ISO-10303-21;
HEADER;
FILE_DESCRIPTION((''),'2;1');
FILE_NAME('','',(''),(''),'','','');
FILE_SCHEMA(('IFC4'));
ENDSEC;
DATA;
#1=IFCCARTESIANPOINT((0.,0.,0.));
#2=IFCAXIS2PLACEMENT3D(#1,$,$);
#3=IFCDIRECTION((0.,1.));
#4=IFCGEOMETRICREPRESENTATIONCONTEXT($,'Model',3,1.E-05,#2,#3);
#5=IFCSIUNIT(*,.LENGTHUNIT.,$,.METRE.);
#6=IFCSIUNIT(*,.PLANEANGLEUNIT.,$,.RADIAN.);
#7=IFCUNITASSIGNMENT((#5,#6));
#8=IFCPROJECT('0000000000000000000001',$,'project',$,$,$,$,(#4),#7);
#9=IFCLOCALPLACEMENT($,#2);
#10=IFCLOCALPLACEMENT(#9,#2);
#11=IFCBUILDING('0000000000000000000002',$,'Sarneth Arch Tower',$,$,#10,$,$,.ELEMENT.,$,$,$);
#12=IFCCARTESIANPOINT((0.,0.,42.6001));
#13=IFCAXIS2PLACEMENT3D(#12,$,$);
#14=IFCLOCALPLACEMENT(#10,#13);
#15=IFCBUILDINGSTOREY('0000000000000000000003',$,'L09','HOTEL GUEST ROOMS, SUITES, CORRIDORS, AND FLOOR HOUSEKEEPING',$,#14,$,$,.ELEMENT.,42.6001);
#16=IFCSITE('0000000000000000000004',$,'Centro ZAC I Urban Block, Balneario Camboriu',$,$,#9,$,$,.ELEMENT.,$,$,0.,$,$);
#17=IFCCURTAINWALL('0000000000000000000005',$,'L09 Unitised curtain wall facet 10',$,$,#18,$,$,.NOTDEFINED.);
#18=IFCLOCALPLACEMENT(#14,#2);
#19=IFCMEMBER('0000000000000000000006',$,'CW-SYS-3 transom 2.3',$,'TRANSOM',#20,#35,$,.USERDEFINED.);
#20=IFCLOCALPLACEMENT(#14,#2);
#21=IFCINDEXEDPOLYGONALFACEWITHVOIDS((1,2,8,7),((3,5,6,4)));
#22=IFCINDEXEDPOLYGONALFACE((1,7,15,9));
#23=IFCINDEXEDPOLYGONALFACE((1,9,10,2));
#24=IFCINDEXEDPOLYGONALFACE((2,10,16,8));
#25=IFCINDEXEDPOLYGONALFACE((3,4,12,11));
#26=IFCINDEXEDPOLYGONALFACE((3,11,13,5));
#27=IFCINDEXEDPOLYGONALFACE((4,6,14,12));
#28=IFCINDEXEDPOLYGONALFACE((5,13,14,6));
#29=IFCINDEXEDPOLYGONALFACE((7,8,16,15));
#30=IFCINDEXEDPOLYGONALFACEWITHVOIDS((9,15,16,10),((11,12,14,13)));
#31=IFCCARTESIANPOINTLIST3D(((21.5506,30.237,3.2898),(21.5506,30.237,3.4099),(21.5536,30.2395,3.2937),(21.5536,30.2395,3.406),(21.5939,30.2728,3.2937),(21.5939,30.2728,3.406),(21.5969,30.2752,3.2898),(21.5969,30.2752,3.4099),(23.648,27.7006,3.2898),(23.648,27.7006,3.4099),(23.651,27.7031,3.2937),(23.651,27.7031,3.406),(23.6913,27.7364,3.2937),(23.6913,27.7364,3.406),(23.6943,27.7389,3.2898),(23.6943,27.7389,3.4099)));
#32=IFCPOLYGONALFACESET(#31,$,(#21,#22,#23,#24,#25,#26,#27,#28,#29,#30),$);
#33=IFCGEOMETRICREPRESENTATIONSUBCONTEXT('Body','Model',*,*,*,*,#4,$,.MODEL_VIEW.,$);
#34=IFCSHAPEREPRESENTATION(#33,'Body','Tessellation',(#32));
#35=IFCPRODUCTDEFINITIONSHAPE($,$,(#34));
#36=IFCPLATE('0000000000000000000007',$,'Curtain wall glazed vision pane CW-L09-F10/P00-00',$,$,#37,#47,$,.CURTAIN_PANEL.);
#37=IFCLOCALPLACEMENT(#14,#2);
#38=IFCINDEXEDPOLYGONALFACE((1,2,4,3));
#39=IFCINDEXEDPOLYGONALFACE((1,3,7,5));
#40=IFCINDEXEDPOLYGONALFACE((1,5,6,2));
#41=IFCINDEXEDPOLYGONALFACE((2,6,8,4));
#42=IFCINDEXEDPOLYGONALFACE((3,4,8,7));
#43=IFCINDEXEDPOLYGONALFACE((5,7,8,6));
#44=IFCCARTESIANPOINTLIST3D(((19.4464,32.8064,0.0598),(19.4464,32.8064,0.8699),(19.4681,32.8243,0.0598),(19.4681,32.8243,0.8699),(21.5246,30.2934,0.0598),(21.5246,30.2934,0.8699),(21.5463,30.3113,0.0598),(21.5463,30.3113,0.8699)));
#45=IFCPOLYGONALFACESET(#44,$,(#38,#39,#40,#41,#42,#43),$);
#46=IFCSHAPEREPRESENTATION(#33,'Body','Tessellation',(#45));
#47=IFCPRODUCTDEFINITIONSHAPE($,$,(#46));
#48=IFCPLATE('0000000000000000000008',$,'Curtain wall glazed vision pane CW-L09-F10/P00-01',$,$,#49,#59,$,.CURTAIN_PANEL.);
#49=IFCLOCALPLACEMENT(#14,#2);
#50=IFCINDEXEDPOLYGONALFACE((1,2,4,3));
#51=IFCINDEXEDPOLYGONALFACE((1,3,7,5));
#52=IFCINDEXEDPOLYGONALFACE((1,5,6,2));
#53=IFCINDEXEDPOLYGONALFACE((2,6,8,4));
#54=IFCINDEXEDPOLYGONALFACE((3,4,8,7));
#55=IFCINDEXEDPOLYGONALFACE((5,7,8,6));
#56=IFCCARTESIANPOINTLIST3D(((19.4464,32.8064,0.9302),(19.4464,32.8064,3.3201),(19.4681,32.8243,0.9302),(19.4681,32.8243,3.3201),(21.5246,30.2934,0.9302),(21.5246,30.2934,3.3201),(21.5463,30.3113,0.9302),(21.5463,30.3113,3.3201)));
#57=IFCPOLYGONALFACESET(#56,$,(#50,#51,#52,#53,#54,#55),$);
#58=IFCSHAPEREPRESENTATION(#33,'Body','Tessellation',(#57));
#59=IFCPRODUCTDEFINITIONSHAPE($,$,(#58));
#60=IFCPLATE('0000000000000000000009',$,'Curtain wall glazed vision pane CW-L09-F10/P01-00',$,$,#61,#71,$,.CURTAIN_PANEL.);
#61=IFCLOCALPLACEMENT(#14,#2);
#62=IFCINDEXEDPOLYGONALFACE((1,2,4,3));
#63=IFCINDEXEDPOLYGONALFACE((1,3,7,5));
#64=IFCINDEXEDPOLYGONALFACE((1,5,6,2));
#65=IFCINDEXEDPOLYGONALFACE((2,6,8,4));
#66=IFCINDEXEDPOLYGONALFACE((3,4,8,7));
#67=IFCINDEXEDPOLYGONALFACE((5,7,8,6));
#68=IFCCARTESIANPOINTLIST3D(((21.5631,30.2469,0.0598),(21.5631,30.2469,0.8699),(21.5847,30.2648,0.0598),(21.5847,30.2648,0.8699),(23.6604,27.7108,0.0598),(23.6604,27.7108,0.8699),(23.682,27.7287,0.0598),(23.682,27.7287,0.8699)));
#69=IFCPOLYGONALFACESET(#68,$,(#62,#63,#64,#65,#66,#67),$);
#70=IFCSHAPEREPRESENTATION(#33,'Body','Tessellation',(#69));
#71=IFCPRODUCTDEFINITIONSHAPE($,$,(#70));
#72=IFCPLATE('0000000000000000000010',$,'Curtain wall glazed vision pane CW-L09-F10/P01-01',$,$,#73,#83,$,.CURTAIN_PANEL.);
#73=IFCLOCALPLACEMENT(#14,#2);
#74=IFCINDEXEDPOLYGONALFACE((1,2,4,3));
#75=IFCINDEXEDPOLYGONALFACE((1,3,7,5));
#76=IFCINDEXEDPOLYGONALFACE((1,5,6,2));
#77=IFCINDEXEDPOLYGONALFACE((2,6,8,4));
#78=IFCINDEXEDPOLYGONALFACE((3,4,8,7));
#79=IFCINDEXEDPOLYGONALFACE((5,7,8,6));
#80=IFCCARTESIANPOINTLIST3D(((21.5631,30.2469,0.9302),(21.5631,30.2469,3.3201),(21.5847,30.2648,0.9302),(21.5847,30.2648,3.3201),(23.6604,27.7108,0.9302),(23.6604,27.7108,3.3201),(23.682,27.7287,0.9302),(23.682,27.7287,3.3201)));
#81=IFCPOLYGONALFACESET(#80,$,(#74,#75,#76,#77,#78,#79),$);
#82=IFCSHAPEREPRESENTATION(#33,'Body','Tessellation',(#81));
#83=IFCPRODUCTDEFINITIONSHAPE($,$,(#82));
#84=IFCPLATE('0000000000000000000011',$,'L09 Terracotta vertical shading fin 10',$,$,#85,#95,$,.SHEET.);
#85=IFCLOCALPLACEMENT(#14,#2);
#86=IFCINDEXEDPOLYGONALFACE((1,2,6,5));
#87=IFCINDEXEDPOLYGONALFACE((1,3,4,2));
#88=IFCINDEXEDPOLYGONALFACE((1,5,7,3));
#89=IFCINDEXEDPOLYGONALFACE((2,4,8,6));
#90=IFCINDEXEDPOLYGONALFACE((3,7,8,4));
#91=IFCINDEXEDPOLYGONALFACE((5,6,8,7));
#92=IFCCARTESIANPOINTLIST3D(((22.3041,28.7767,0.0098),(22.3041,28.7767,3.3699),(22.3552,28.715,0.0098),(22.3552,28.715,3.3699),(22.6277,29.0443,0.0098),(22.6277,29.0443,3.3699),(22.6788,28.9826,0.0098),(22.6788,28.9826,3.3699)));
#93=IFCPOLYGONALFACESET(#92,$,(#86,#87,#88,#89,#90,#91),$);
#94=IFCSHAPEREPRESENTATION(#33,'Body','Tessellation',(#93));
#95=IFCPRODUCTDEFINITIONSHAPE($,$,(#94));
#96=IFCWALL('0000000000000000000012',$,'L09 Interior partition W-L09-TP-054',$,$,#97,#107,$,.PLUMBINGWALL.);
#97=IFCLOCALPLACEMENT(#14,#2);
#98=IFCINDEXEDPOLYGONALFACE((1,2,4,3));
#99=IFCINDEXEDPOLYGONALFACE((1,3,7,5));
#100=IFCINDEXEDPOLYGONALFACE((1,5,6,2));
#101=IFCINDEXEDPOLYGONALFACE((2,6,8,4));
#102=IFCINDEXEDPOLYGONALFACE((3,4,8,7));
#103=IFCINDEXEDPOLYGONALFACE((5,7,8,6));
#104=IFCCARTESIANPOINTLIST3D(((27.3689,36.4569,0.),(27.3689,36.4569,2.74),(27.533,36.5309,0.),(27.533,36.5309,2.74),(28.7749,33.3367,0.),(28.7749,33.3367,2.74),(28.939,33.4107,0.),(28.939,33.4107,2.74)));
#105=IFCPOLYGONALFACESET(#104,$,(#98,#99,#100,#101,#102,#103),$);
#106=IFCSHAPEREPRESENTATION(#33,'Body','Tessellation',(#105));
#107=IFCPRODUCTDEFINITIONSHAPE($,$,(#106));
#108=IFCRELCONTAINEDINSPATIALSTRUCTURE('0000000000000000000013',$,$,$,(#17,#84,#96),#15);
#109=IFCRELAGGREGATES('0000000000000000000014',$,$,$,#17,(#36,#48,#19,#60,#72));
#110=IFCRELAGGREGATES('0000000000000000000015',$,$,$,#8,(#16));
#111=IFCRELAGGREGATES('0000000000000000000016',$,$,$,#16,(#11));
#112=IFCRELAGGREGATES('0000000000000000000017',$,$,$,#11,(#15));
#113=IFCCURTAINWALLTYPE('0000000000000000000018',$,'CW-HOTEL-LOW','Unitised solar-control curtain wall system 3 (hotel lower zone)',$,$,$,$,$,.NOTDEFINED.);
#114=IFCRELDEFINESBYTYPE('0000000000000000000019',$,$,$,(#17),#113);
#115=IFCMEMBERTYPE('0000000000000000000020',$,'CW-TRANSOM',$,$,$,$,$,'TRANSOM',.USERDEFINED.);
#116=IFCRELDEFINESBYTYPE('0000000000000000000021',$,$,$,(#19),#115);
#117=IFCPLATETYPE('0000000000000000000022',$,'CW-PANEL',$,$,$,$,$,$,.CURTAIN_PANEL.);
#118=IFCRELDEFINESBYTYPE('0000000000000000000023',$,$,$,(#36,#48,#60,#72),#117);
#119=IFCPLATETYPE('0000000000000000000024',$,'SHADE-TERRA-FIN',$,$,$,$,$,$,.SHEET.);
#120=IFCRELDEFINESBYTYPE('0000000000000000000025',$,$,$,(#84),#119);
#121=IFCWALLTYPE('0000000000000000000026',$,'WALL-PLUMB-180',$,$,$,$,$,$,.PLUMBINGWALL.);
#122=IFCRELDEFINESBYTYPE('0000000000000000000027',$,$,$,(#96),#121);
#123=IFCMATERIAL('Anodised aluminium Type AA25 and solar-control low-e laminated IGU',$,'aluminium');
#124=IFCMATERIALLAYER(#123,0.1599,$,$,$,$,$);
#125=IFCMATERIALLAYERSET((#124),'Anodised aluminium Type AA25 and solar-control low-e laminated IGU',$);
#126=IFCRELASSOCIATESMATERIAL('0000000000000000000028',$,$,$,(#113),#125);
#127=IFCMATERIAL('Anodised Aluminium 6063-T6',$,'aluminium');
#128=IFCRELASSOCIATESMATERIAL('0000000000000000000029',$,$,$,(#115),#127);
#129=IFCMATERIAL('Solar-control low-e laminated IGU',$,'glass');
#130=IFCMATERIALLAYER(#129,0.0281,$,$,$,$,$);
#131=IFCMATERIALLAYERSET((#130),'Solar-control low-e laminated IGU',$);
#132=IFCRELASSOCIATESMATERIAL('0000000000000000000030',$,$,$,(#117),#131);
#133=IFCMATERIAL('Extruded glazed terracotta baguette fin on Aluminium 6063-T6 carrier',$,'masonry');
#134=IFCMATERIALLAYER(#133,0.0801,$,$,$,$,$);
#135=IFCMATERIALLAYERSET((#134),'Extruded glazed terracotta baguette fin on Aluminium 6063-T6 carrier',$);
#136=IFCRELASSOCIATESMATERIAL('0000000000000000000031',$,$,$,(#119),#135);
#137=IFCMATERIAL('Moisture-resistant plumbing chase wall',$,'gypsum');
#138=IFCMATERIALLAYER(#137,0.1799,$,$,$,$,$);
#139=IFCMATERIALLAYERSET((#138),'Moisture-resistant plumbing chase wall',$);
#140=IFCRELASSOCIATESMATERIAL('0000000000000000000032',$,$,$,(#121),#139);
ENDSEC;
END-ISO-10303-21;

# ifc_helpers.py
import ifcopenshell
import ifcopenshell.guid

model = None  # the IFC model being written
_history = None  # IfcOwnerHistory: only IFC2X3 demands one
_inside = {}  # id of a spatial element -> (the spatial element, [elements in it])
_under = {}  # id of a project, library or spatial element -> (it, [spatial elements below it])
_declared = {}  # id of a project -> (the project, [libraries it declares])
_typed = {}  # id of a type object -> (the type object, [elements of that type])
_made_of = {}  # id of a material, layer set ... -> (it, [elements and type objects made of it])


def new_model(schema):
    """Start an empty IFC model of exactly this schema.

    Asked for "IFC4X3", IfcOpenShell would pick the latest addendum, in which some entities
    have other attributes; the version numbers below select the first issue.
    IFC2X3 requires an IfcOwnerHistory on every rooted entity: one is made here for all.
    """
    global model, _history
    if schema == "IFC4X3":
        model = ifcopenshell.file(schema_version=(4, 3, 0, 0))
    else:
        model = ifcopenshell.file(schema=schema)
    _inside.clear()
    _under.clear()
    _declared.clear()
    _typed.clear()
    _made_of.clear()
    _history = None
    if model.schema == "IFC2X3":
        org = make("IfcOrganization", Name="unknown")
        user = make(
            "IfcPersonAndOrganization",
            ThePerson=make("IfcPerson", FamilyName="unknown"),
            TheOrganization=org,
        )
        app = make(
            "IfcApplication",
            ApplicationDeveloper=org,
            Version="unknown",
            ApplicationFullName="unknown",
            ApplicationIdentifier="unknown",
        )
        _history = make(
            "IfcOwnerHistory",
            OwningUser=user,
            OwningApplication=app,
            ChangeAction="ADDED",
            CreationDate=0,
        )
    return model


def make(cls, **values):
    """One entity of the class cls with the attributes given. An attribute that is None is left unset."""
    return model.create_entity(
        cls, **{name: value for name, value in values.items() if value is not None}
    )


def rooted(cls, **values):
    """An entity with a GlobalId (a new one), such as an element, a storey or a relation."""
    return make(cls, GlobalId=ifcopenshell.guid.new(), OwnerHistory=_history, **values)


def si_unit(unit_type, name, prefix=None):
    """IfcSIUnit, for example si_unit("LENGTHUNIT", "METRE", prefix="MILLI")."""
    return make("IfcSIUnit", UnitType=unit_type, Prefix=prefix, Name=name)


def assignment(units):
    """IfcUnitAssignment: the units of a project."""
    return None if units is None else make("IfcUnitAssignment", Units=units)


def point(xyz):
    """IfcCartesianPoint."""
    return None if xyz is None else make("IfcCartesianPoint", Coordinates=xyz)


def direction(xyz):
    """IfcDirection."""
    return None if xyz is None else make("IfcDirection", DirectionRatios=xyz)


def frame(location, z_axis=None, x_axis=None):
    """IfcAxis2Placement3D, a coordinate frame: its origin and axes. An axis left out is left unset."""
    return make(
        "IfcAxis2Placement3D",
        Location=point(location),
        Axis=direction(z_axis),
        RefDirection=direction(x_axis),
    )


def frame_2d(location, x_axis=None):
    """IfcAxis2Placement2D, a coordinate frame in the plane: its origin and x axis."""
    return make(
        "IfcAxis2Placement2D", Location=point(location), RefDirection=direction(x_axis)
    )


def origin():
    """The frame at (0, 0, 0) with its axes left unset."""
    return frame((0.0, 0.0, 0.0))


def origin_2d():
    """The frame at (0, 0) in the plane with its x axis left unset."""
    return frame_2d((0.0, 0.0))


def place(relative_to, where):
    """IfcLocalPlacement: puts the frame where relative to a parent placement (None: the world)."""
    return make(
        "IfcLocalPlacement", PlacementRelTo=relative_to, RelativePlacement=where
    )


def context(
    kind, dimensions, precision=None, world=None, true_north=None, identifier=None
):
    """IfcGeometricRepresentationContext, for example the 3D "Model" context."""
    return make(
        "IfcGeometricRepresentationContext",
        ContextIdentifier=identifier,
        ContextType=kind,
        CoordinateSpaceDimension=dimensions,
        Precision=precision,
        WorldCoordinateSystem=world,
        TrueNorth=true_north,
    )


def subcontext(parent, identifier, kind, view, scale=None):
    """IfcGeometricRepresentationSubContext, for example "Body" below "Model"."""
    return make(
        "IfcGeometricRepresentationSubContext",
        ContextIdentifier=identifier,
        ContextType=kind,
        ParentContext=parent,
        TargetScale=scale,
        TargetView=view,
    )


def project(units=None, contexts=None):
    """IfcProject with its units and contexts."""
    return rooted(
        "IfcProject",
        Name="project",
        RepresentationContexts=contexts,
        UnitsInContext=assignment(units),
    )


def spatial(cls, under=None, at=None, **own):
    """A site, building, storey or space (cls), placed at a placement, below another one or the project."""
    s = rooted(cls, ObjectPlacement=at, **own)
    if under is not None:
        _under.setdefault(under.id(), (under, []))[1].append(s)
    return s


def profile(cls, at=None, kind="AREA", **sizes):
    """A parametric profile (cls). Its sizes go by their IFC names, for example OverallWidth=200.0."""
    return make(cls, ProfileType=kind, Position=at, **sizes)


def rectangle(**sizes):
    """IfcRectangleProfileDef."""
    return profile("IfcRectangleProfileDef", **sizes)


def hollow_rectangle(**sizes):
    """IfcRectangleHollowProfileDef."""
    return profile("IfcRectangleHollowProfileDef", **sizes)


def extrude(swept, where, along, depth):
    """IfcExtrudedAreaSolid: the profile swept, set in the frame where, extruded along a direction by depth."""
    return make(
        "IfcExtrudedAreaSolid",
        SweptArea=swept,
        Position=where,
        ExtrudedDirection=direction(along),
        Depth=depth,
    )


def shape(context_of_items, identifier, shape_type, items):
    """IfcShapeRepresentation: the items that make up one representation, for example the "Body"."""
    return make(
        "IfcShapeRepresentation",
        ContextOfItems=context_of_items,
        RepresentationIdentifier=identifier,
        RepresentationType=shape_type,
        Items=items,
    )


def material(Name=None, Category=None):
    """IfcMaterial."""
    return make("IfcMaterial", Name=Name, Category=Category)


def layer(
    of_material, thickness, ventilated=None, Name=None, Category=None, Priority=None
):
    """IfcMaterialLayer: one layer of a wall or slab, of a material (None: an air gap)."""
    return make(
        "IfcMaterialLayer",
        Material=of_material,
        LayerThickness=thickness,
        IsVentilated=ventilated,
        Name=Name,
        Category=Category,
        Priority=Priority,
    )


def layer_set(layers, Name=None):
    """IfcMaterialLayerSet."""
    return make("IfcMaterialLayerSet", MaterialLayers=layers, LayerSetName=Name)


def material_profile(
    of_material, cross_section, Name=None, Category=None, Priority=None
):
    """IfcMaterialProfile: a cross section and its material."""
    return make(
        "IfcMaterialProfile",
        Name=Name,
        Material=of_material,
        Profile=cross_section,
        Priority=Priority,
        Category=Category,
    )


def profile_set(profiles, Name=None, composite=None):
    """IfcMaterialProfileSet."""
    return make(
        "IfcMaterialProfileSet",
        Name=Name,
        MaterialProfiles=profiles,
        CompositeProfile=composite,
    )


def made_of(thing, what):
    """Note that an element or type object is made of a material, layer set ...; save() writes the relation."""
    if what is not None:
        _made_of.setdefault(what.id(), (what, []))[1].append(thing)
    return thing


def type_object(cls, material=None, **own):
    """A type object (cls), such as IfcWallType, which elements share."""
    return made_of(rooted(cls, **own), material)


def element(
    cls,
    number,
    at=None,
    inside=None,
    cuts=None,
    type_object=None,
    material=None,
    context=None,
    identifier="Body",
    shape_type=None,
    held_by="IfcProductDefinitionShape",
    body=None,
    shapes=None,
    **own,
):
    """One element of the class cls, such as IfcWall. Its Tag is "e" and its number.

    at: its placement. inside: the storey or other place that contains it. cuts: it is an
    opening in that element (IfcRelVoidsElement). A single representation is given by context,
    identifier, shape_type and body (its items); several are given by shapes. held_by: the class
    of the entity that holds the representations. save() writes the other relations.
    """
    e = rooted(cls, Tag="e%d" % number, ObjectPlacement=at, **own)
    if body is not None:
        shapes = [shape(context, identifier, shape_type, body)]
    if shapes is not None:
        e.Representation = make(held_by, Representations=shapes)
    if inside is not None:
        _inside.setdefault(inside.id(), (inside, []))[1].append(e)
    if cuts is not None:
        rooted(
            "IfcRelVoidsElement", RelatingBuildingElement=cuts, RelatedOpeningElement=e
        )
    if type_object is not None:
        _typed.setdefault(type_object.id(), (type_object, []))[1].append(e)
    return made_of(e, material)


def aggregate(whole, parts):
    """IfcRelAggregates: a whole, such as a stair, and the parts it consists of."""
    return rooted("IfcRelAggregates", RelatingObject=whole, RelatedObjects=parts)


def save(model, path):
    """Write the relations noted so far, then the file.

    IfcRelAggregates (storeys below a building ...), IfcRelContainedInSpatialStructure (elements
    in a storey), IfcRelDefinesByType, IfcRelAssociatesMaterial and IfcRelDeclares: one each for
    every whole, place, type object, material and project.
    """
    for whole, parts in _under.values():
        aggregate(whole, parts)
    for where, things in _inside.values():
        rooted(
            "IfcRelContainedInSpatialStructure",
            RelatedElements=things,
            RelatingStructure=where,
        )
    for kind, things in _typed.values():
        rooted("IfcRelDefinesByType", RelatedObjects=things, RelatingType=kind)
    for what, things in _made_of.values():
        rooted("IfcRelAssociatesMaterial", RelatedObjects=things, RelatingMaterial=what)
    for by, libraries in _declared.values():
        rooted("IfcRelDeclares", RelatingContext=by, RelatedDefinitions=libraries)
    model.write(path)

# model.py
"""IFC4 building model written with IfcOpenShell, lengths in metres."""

from ifc_helpers import new_model, si_unit, direction, frame, frame_2d, origin, origin_2d, place, context, subcontext, project, spatial, rectangle, hollow_rectangle, extrude, material, layer, layer_set, material_profile, profile_set, type_object, element, aggregate, save


model = new_model("IFC4")

# Units and contexts
model_context = context("Model", 3, precision=1e-05, world=origin(), true_north=direction((0.0, 1.0)))
body_context = subcontext(model_context, "Body", "Model", "MODEL_VIEW")
ifc_project = project(units=[si_unit("LENGTHUNIT", "METRE"), si_unit("PLANEANGLEUNIT", "RADIAN")], contexts=[model_context])

# Site, building, storey
site_placement = place(None, origin())
site = spatial("IfcSite", under=ifc_project, at=site_placement, Name="Centro ZAC I Urban Block, Balneario Camboriu", CompositionType="ELEMENT", RefElevation=0.0)
building_placement = place(site_placement, origin())
building = spatial("IfcBuilding", under=site, at=building_placement, Name="Sarneth Arch Tower", CompositionType="ELEMENT")
storey_placement = place(building_placement, frame((0.0, 0.0, 42.6001)))
storey = spatial("IfcBuildingStorey", under=building, at=storey_placement, Name="L09", Description="HOTEL GUEST ROOMS, SUITES, CORRIDORS, AND FLOOR HOUSEKEEPING", CompositionType="ELEMENT", Elevation=42.6001)

# Curtain wall, member, plates
ifc_material_1 = material(Name="Anodised aluminium Type AA25 and solar-control low-e laminated IGU", Category="aluminium")
ifc_layer_1 = layer(ifc_material_1, 0.1599)
ifc_layer_set_1 = layer_set([ifc_layer_1], Name="Anodised aluminium Type AA25 and solar-control low-e laminated IGU")
curtain_wall_type = type_object("IfcCurtainWallType", Name="CW-HOTEL-LOW", Description="Unitised solar-control curtain wall system 3 (hotel lower zone)", PredefinedType="NOTDEFINED", material=ifc_layer_set_1)
curtain_wall_placement = place(storey_placement, origin())
curtain_wall = element("IfcCurtainWall", 1, at=curtain_wall_placement, inside=storey, type_object=curtain_wall_type, Name="L09 Unitised curtain wall facet 10", PredefinedType="NOTDEFINED")
ifc_material_2 = material(Name="Anodised Aluminium 6063-T6", Category="aluminium")
ifc_material_profile_1 = material_profile(ifc_material_2, hollow_rectangle(XDim=0.0601, YDim=0.1201, WallThickness=0.0039, at=origin_2d()), Name="AL-TRAN-120x60x4")
ifc_profile_set_1 = profile_set([ifc_material_profile_1], Name="Anodised Aluminium 6063-T6")
member_type_1 = type_object("IfcMemberType", Name="CW-TRANSOM", ElementType="TRANSOM", PredefinedType="USERDEFINED", material=ifc_profile_set_1)
member_1_placement = place(storey_placement, frame((21.5737, 30.2561, 3.3499), z_axis=(0.637269, -0.770642, 0.0), x_axis=(0.770642, 0.637269, 0.0)))
member_1 = element("IfcMember", 2, at=member_1_placement, type_object=member_type_1, Name="CW-SYS-3 transom 2.3", ObjectType="TRANSOM", PredefinedType="USERDEFINED", context=body_context, shape_type="SweptSolid", body=[
    extrude(hollow_rectangle(XDim=0.0601, YDim=0.1201, WallThickness=0.0039, at=origin_2d()), origin(), (0.0, 0.0, 1.0), 3.2913),
])
ifc_material_3 = material(Name="Solar-control low-e laminated IGU", Category="glass")
ifc_layer_2 = layer(ifc_material_3, 0.0281)
ifc_layer_set_2 = layer_set([ifc_layer_2], Name="Solar-control low-e laminated IGU")
plate_type_1 = type_object("IfcPlateType", Name="CW-PANEL", PredefinedType="CURTAIN_PANEL", material=ifc_layer_set_2)
plate_1_placement = place(storey_placement, frame((20.4963, 31.5588, 0.0598), z_axis=(0.0, 0.0, 1.0), x_axis=(0.637291, -0.770623, 0.0)))
plate_1 = element("IfcPlate", 3, at=plate_1_placement, type_object=plate_type_1, Name="Curtain wall glazed vision pane CW-L09-F10/P00-00", PredefinedType="CURTAIN_PANEL", context=body_context, shape_type="SweptSolid", body=[
    extrude(rectangle(XDim=3.261, YDim=0.0281, at=origin_2d()), origin(), (0.0, 0.0, 1.0), 0.8101),
])
plate_2_placement = place(storey_placement, frame((20.4963, 31.5588, 0.9302), z_axis=(0.0, 0.0, 1.0), x_axis=(0.637291, -0.770623, 0.0)))
plate_2 = element("IfcPlate", 4, at=plate_2_placement, type_object=plate_type_1, Name="Curtain wall glazed vision pane CW-L09-F10/P00-01", PredefinedType="CURTAIN_PANEL", context=body_context, shape_type="SweptSolid", body=[
    extrude(rectangle(XDim=3.261, YDim=0.0281, at=origin_2d()), origin(), (0.0, 0.0, 1.0), 2.3899),
])
plate_3_placement = place(storey_placement, frame((22.6226, 28.9878, 0.0598), z_axis=(0.0, 0.0, 1.0), x_axis=(0.637291, -0.770623, 0.0)))
plate_3 = element("IfcPlate", 5, at=plate_3_placement, type_object=plate_type_1, Name="Curtain wall glazed vision pane CW-L09-F10/P01-00", PredefinedType="CURTAIN_PANEL", context=body_context, shape_type="SweptSolid", body=[
    extrude(rectangle(XDim=3.291, YDim=0.0281, at=origin_2d()), origin(), (0.0, 0.0, 1.0), 0.8101),
])
plate_4_placement = place(storey_placement, frame((22.6226, 28.9878, 0.9302), z_axis=(0.0, 0.0, 1.0), x_axis=(0.637291, -0.770623, 0.0)))
plate_4 = element("IfcPlate", 6, at=plate_4_placement, type_object=plate_type_1, Name="Curtain wall glazed vision pane CW-L09-F10/P01-01", PredefinedType="CURTAIN_PANEL", context=body_context, shape_type="SweptSolid", body=[
    extrude(rectangle(XDim=3.291, YDim=0.0281, at=origin_2d()), origin(), (0.0, 0.0, 1.0), 2.3899),
])
aggregate(curtain_wall, [plate_1, plate_2, member_1, plate_3, plate_4])

# Plate
ifc_material_4 = material(Name="Extruded glazed terracotta baguette fin on Aluminium 6063-T6 carrier", Category="masonry")
ifc_layer_3 = layer(ifc_material_4, 0.0801)
ifc_layer_set_3 = layer_set([ifc_layer_3], Name="Extruded glazed terracotta baguette fin on Aluminium 6063-T6 carrier")
plate_type_2 = type_object("IfcPlateType", Name="SHADE-TERRA-FIN", PredefinedType="SHEET", material=ifc_layer_set_3)
plate_5_placement = place(storey_placement, frame((22.4915, 28.8796, 0.0098), z_axis=(0.0, 0.0, 1.0), x_axis=(-0.770624, -0.63729, 0.0)))
element("IfcPlate", 7, at=plate_5_placement, inside=storey, type_object=plate_type_2, Name="L09 Terracotta vertical shading fin 10", PredefinedType="SHEET", context=body_context, shape_type="SweptSolid", body=[
    extrude(rectangle(XDim=0.4199, YDim=0.0801, at=origin_2d()), origin(), (0.0, 0.0, 1.0), 3.3601),
])

# Wall
ifc_material_5 = material(Name="Moisture-resistant plumbing chase wall", Category="gypsum")
ifc_layer_4 = layer(ifc_material_5, 0.1799)
ifc_layer_set_4 = layer_set([ifc_layer_4], Name="Moisture-resistant plumbing chase wall")
wall_type = type_object("IfcWallType", Name="WALL-PLUMB-180", PredefinedType="PLUMBINGWALL", material=ifc_layer_set_4)
wall_placement = place(storey_placement, frame((27.4509, 36.4939, 0.0), z_axis=(0.0, 0.0, 1.0), x_axis=(0.410839, -0.911708, 0.0)))
element("IfcWall", 8, at=wall_placement, inside=storey, type_object=wall_type, Name="L09 Interior partition W-L09-TP-054", PredefinedType="PLUMBINGWALL", context=body_context, shape_type="SweptSolid", body=[
    extrude(rectangle(XDim=3.4224, YDim=0.1799, at=frame_2d((1.7112, 0.0))), origin(), (0.0, 0.0, 1.0), 2.74),
])

save(model, "model.ifc")
